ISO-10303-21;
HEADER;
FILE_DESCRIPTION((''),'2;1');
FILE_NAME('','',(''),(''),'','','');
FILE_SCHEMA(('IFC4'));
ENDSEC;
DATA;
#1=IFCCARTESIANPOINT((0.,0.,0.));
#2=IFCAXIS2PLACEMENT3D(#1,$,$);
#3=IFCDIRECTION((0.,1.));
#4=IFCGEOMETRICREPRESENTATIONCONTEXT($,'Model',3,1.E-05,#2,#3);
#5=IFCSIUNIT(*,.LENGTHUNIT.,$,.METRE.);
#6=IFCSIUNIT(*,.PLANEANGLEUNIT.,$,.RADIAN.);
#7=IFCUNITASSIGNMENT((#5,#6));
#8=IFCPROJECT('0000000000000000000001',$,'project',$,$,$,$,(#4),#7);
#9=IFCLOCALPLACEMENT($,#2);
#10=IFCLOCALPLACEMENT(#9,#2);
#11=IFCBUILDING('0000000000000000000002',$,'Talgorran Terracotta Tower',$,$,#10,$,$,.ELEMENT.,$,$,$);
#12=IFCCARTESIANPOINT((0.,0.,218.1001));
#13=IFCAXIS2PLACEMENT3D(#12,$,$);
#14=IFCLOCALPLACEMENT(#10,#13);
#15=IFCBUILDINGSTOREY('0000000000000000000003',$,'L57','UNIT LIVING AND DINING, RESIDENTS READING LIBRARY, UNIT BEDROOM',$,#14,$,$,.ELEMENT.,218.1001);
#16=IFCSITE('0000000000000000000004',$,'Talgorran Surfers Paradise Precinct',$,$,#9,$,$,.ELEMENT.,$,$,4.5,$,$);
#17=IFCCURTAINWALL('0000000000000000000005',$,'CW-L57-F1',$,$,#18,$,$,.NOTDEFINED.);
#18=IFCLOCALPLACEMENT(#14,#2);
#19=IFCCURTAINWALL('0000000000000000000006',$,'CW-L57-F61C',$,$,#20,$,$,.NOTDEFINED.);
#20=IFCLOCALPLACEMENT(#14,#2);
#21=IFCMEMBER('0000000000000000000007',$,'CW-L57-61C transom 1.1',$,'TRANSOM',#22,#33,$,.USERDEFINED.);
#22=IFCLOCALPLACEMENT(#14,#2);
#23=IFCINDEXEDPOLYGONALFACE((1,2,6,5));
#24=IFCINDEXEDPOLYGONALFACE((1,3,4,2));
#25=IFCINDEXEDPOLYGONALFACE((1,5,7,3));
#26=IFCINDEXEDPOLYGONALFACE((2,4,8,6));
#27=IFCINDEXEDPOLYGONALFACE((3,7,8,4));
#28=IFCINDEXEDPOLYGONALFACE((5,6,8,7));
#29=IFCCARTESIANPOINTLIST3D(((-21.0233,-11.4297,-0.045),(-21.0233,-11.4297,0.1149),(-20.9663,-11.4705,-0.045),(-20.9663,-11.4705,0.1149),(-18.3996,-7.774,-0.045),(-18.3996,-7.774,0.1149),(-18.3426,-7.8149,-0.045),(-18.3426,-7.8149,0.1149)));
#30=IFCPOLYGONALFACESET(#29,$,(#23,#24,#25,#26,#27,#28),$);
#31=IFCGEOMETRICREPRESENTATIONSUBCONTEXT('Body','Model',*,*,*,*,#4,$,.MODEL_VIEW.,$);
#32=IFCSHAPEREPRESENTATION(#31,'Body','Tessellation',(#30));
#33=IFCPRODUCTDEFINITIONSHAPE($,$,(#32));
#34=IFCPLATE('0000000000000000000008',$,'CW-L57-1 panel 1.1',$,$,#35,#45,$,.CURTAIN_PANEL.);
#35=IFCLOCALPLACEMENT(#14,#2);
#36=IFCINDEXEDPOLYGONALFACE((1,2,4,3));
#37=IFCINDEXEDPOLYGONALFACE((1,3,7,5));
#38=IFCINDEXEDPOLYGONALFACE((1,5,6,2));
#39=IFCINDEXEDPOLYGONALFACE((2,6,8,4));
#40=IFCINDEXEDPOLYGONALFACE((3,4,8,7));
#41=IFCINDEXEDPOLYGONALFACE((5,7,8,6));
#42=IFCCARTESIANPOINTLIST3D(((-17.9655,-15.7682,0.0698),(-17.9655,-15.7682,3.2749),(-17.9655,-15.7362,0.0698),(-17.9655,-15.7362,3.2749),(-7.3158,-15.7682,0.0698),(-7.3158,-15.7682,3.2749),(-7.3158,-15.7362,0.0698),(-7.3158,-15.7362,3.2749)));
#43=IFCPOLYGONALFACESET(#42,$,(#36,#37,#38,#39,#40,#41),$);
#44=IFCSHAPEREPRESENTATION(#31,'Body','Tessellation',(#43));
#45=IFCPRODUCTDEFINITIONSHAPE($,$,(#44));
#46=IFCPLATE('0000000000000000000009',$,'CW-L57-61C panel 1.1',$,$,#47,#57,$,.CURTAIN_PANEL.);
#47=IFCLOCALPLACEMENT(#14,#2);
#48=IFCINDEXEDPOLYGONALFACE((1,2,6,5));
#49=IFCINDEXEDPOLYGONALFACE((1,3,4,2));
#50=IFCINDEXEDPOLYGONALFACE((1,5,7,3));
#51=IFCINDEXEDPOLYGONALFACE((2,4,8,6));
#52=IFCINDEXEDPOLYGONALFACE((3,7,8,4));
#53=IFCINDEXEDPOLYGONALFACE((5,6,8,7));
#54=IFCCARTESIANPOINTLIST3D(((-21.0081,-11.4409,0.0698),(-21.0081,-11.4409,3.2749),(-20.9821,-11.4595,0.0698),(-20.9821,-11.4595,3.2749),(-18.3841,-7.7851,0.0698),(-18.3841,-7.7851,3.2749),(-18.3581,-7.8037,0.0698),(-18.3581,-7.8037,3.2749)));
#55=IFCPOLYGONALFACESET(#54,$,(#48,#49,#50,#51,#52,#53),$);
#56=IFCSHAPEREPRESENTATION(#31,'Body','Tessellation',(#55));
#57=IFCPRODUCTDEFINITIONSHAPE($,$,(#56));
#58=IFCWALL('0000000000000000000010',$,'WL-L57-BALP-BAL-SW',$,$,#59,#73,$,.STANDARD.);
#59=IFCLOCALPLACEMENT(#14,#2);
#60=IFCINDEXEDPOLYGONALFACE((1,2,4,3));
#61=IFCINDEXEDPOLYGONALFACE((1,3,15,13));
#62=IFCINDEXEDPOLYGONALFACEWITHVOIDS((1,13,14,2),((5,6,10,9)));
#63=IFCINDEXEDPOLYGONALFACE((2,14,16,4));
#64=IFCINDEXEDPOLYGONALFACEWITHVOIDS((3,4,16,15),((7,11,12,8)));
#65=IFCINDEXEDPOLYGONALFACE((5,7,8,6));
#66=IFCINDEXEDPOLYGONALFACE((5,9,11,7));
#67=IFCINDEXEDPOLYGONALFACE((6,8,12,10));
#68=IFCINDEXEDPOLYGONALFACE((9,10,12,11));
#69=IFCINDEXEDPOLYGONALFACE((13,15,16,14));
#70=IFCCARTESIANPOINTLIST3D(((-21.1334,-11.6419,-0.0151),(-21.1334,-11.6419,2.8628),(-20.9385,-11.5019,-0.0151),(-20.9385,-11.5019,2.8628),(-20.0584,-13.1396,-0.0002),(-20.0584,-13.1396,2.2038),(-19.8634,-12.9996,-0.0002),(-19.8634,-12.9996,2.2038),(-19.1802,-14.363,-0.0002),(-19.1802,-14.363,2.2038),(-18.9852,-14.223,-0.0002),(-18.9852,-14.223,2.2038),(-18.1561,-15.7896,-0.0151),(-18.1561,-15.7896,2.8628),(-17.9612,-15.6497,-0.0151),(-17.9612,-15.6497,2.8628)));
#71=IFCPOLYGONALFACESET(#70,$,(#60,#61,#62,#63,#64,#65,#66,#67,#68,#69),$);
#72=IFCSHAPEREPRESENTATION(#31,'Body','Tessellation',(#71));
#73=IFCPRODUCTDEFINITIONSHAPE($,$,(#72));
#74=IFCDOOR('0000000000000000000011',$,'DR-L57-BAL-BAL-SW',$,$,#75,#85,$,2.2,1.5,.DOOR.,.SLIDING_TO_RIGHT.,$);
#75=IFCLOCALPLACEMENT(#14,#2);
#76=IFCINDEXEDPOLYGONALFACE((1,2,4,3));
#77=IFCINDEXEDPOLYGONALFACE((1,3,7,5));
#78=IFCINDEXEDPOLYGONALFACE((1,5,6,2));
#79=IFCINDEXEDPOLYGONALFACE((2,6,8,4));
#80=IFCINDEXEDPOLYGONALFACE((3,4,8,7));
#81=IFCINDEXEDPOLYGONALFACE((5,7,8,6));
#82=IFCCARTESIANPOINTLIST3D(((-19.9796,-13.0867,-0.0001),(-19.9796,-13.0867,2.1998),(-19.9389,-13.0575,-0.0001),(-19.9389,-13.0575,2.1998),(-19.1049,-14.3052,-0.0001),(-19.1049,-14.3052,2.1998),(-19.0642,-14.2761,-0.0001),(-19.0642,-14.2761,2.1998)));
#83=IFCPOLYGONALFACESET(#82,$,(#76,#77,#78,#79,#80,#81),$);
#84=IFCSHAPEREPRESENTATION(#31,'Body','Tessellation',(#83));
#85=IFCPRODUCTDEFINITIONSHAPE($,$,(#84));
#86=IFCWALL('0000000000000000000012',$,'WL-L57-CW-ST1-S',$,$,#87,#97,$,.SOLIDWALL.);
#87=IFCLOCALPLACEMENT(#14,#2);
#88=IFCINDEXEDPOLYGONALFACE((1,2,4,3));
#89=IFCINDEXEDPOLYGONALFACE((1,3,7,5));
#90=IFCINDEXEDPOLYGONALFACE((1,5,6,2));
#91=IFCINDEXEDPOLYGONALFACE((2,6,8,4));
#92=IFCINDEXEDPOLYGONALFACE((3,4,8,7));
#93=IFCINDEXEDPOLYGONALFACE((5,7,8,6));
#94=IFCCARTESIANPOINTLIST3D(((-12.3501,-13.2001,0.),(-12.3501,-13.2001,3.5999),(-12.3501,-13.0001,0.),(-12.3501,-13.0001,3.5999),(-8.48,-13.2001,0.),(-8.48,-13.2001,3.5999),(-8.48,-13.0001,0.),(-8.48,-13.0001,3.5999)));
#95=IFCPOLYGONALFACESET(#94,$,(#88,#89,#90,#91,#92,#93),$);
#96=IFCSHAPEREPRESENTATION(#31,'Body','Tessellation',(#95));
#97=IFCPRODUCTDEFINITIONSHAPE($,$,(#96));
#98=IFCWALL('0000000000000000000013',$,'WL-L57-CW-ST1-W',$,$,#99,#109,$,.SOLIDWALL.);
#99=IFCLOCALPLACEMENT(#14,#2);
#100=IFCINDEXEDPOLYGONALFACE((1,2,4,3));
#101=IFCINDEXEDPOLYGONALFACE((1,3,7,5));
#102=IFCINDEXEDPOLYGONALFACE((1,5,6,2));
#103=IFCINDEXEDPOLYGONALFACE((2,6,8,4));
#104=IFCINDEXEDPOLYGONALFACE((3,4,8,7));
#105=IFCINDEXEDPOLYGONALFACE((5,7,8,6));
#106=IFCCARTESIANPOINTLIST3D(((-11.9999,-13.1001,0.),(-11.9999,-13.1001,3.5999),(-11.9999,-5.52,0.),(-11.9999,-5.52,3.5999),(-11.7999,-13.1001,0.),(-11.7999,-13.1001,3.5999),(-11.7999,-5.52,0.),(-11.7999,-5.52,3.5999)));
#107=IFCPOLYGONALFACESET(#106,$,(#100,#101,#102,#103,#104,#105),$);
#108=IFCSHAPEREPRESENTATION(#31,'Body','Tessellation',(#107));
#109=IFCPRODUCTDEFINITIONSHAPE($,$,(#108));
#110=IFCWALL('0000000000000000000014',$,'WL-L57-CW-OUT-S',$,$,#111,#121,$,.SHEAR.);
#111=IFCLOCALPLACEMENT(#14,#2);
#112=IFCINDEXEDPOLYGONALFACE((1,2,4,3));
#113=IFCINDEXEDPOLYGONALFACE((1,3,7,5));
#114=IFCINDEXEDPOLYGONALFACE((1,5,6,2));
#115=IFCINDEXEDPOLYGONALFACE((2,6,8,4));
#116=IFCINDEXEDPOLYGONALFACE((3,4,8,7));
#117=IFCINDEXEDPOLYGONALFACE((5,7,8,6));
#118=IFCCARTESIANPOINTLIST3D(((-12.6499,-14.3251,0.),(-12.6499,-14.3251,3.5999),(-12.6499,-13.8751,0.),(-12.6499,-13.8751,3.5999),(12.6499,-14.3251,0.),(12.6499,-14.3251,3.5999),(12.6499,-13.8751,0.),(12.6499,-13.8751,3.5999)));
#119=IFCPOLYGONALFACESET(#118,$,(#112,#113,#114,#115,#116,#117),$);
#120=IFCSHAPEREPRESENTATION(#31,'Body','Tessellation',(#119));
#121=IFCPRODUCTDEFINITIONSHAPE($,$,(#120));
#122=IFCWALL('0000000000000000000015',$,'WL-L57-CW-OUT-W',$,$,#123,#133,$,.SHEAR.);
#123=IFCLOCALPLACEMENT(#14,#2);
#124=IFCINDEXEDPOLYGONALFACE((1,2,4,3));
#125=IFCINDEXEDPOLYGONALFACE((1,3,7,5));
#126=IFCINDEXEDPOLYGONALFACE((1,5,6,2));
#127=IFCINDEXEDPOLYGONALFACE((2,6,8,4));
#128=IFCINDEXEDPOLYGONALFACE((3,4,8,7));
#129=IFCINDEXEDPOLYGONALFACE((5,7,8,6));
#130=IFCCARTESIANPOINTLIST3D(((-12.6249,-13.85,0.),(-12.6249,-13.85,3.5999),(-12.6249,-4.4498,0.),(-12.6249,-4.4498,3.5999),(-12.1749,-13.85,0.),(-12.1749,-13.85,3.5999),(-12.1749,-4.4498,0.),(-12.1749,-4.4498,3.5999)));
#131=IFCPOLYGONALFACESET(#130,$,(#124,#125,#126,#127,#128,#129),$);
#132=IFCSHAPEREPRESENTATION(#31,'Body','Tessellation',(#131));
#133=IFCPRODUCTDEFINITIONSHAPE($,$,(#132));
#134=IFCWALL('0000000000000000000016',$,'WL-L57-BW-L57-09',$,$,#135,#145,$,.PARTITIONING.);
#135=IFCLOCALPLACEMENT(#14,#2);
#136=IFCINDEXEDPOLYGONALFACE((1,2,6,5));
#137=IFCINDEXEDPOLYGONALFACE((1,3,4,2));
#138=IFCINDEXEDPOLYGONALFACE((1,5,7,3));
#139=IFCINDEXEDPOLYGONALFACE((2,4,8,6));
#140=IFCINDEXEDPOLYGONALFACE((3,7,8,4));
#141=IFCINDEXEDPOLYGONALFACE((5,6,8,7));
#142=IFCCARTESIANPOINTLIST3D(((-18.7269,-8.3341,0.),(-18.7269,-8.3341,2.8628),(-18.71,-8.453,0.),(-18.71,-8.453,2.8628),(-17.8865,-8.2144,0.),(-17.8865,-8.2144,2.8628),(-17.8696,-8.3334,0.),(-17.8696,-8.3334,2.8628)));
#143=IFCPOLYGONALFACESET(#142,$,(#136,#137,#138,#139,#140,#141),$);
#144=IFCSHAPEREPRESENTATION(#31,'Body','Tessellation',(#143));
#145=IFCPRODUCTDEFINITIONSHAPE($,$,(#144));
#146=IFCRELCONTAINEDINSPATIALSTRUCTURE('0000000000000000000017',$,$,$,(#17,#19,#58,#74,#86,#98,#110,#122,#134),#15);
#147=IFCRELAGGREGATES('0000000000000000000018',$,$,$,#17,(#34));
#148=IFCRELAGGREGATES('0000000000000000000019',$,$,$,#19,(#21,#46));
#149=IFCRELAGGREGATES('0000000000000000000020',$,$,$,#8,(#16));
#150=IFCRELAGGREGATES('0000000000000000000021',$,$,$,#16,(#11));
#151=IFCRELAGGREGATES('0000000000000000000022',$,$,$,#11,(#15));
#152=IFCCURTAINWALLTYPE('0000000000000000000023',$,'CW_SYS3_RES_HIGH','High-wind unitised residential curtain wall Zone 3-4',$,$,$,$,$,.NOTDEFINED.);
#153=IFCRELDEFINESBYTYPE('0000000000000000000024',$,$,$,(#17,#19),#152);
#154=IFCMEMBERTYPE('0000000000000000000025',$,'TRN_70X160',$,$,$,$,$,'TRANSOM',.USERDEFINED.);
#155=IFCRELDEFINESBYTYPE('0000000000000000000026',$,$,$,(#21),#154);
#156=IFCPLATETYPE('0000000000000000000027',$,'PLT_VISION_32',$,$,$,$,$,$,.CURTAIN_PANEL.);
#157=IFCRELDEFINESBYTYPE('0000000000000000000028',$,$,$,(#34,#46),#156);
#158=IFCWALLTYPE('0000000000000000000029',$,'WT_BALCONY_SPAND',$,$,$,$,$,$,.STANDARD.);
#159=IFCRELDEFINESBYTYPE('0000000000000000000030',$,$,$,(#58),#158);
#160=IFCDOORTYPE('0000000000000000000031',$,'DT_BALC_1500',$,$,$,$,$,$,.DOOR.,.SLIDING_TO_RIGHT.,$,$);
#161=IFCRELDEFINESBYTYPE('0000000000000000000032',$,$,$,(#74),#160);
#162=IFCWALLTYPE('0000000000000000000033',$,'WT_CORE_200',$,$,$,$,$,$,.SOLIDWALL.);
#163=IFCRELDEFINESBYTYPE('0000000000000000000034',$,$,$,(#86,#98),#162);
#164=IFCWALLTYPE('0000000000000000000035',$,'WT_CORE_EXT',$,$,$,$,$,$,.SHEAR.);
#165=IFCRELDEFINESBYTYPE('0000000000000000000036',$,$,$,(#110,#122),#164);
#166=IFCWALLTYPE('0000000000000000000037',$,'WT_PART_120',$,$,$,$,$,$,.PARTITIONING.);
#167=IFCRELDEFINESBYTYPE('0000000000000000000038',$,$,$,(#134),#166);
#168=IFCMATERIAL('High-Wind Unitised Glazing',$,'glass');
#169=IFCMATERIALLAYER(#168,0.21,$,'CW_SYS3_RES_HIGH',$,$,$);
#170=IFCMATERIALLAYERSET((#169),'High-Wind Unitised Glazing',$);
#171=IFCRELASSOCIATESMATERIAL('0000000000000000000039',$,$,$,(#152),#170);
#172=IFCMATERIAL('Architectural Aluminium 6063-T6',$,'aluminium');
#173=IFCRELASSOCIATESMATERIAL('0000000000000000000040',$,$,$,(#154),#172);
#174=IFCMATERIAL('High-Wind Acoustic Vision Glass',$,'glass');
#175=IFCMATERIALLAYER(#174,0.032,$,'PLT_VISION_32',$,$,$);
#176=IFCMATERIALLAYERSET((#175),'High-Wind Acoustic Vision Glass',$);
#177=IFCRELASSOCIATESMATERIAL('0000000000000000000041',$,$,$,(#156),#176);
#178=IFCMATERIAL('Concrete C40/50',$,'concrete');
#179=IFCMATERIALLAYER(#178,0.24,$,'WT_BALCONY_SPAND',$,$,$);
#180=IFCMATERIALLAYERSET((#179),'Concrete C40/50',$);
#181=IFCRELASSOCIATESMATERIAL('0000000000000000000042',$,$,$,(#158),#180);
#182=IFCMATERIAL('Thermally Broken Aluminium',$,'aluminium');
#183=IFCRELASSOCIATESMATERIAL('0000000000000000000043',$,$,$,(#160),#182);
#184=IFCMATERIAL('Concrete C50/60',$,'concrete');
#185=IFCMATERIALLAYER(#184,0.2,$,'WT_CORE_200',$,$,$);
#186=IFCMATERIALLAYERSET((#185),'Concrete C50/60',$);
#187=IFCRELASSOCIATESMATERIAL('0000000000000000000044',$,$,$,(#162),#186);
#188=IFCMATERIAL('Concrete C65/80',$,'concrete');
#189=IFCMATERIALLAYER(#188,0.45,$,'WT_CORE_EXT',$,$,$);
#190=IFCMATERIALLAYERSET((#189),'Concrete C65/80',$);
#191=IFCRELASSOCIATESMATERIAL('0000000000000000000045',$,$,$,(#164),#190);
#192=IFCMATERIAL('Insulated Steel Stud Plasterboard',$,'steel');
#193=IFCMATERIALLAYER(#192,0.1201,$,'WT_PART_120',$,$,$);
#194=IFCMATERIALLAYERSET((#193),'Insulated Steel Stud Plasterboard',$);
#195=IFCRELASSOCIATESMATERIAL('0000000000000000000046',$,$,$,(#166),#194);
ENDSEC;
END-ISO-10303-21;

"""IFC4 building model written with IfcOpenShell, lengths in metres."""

from ifc_helpers import new_model, si_unit, direction, frame, frame_2d, origin, origin_2d, place, context, subcontext, project, spatial, rectangle, extrude, source, transform, mapped, material, layer, layer_set, material_profile, profile_set, type_object, type_shapes, element, fill, aggregate, save


model = new_model("IFC4")

# Units and contexts
model_context = context("Model", 3, precision=1e-05, world=origin(), true_north=direction((0.0, 1.0)))
body_context = subcontext(model_context, "Body", "Model", "MODEL_VIEW")
ifc_project = project(units=[si_unit("LENGTHUNIT", "METRE"), si_unit("PLANEANGLEUNIT", "RADIAN")], contexts=[model_context])

# Site, building, storey
site_placement = place(None, origin())
site = spatial("IfcSite", under=ifc_project, at=site_placement, Name="Talgorran Surfers Paradise Precinct", CompositionType="ELEMENT", RefElevation=4.5)
building_placement = place(site_placement, origin())
building = spatial("IfcBuilding", under=site, at=building_placement, Name="Talgorran Terracotta Tower", CompositionType="ELEMENT")
storey_placement = place(building_placement, frame((0.0, 0.0, 218.1001)))
storey = spatial("IfcBuildingStorey", under=building, at=storey_placement, Name="L57", Description="UNIT LIVING AND DINING, RESIDENTS READING LIBRARY, UNIT BEDROOM", CompositionType="ELEMENT", Elevation=218.1001)

# Curtain walls
ifc_material_1 = material(Name="High-Wind Unitised Glazing", Category="glass")
ifc_layer_1 = layer(ifc_material_1, 0.21, Name="CW_SYS3_RES_HIGH")
ifc_layer_set_1 = layer_set([ifc_layer_1], Name="High-Wind Unitised Glazing")
curtain_wall_type = type_object("IfcCurtainWallType", Name="CW_SYS3_RES_HIGH", Description="High-wind unitised residential curtain wall Zone 3-4", PredefinedType="NOTDEFINED", material=ifc_layer_set_1)
curtain_wall_1_placement = place(storey_placement, origin())
curtain_wall_1 = element("IfcCurtainWall", 1, at=curtain_wall_1_placement, inside=storey, type_object=curtain_wall_type, Name="CW-L57-F1", PredefinedType="NOTDEFINED")
ifc_material_2 = material(Name="Architectural Aluminium 6063-T6", Category="aluminium")
curtain_wall_2_placement = place(storey_placement, origin())
curtain_wall_2 = element("IfcCurtainWall", 2, at=curtain_wall_2_placement, inside=storey, type_object=curtain_wall_type, Name="CW-L57-F61C", PredefinedType="NOTDEFINED")

# Member
ifc_material_profile_1 = material_profile(ifc_material_2, rectangle(XDim=0.0701, YDim=0.1599, at=origin_2d()), Name="CWT70X160")
ifc_profile_set_1 = profile_set([ifc_material_profile_1], Name="Architectural Aluminium 6063-T6")
member_type_1 = type_object("IfcMemberType", Name="TRN_70X160", ElementType="TRANSOM", PredefinedType="USERDEFINED", material=ifc_profile_set_1)
member_1_placement = place(storey_placement, frame((-18.3711, -7.7944, 0.0349), z_axis=(-0.583079, -0.812415, 0.0), x_axis=(0.812415, -0.583079, 0.0)))
member_1 = element("IfcMember", 3, at=member_1_placement, type_object=member_type_1, Name="CW-L57-61C transom 1.1", ObjectType="TRANSOM", PredefinedType="USERDEFINED", context=body_context, shape_type="SweptSolid", body=[
    extrude(rectangle(XDim=0.0701, YDim=0.1599, at=origin_2d()), origin(), (0.0, 0.0, 1.0), 4.4998),
])

# Plates
ifc_material_3 = material(Name="High-Wind Acoustic Vision Glass", Category="glass")
ifc_layer_2 = layer(ifc_material_3, 0.032, Name="PLT_VISION_32")
ifc_layer_set_2 = layer_set([ifc_layer_2], Name="High-Wind Acoustic Vision Glass")
plate_type = type_object("IfcPlateType", Name="PLT_VISION_32", PredefinedType="CURTAIN_PANEL", material=ifc_layer_set_2)
shared_shape_1 = source(origin(), body_context, "Body", "SweptSolid", [
    extrude(rectangle(XDim=10.6497, YDim=0.032, at=origin_2d()), origin(), (0.0, 0.0, 1.0), 3.2051),
])
plate_1_placement = place(storey_placement, frame((-12.6406, -15.7522, 0.0698), z_axis=(0.0, 0.0, 1.0), x_axis=(1.0, 0.0, 0.0)))
plate_1 = element("IfcPlate", 4, at=plate_1_placement, type_object=plate_type, Name="CW-L57-1 panel 1.1", PredefinedType="CURTAIN_PANEL", context=body_context, shape_type="MappedRepresentation", body=[
    mapped(shared_shape_1, transform((0.0, 0.0, 0.0), scale=1.0)),
])
aggregate(curtain_wall_1, [plate_1])
shared_shape_2 = source(origin(), body_context, "Body", "SweptSolid", [
    extrude(rectangle(XDim=4.5, YDim=0.032, at=origin_2d()), origin(), (0.0, 0.0, 1.0), 3.2051),
])
type_shapes(plate_type, [shared_shape_1, shared_shape_2])
plate_2_placement = place(storey_placement, frame((-19.6831, -9.6223, 0.0698), z_axis=(0.0, 0.0, 1.0), x_axis=(-0.583106, -0.812396, 0.0)))
plate_2 = element("IfcPlate", 5, at=plate_2_placement, type_object=plate_type, Name="CW-L57-61C panel 1.1", PredefinedType="CURTAIN_PANEL", context=body_context, shape_type="MappedRepresentation", body=[
    mapped(shared_shape_2, transform((0.0, 0.0, 0.0), scale=1.0)),
])
aggregate(curtain_wall_2, [member_1, plate_2])

# Wall, opening, door
ifc_material_4 = material(Name="Concrete C40/50", Category="concrete")
ifc_layer_3 = layer(ifc_material_4, 0.24, Name="WT_BALCONY_SPAND")
ifc_layer_set_3 = layer_set([ifc_layer_3], Name="Concrete C40/50")
wall_type_1 = type_object("IfcWallType", Name="WT_BALCONY_SPAND", PredefinedType="STANDARD", material=ifc_layer_set_3)
wall_1_placement = place(storey_placement, frame((-21.0359, -11.572, -0.0151), z_axis=(0.0, 0.0, 1.0), x_axis=(0.583136, -0.812374, 0.0)))
wall_1 = element("IfcWall", 6, at=wall_1_placement, inside=storey, type_object=wall_type_1, Name="WL-L57-BALP-BAL-SW", PredefinedType="STANDARD", context=body_context, shape_type="SweptSolid", body=[
    extrude(rectangle(XDim=5.1057, YDim=0.24, at=frame_2d((2.5527, 0.0))), origin(), (0.0, 0.0, 1.0), 2.8779),
])
opening_placement = place(wall_1_placement, frame((1.8464, 0.0, 0.0149)))
opening = element("IfcOpeningElement", 7, at=opening_placement, cuts=wall_1, PredefinedType="OPENING", context=body_context, shape_type="SweptSolid", body=[
    extrude(rectangle(XDim=1.506, YDim=2.204, at=frame_2d((0.75, 1.1021))), frame((0.0, 0.1299, 0.0), z_axis=(0.0, -1.0, 0.0), x_axis=(1.0, 0.0, 0.0)), (0.0, 0.0, 1.0), 0.26),
])
ifc_material_5 = material(Name="Thermally Broken Aluminium", Category="aluminium")
door_type = type_object("IfcDoorType", Name="DT_BALC_1500", OperationType="SLIDING_TO_RIGHT", PredefinedType="DOOR", material=ifc_material_5)
door_placement = place(opening_placement, origin())
door = element("IfcDoor", 8, at=door_placement, inside=storey, type_object=door_type, Name="DR-L57-BAL-BAL-SW", OperationType="SLIDING_TO_RIGHT", OverallHeight=2.2, OverallWidth=1.5, PredefinedType="DOOR", context=body_context, shape_type="SweptSolid", body=[
    extrude(rectangle(XDim=1.5, YDim=2.2, at=frame_2d((0.75, 1.1001))), frame((0.0, 0.0249, 0.0), z_axis=(0.0, -1.0, 0.0), x_axis=(1.0, 0.0, 0.0)), (0.0, 0.0, 1.0), 0.05),
])
fill(opening, door)

# Walls
ifc_material_6 = material(Name="Concrete C50/60", Category="concrete")
ifc_layer_4 = layer(ifc_material_6, 0.2, Name="WT_CORE_200")
ifc_layer_set_4 = layer_set([ifc_layer_4], Name="Concrete C50/60")
wall_type_2 = type_object("IfcWallType", Name="WT_CORE_200", PredefinedType="SOLIDWALL", material=ifc_layer_set_4)
wall_2_placement = place(storey_placement, frame((-12.3501, -13.1001, 0.0), z_axis=(0.0, 0.0, 1.0), x_axis=(1.0, 0.0, 0.0)))
element("IfcWall", 9, at=wall_2_placement, inside=storey, type_object=wall_type_2, Name="WL-L57-CW-ST1-S", PredefinedType="SOLIDWALL", context=body_context, shape_type="SweptSolid", body=[
    extrude(rectangle(XDim=3.8701, YDim=0.2, at=frame_2d((1.9351, 0.0))), origin(), (0.0, 0.0, 1.0), 3.5999),
])
wall_3_placement = place(storey_placement, frame((-11.8999, -13.1001, 0.0), z_axis=(0.0, 0.0, 1.0), x_axis=(0.0, 1.0, 0.0)))
element("IfcWall", 10, at=wall_3_placement, inside=storey, type_object=wall_type_2, Name="WL-L57-CW-ST1-W", PredefinedType="SOLIDWALL", context=body_context, shape_type="SweptSolid", body=[
    extrude(rectangle(XDim=7.5801, YDim=0.2, at=frame_2d((3.79, 0.0))), origin(), (0.0, 0.0, 1.0), 3.5999),
])
ifc_material_7 = material(Name="Concrete C65/80", Category="concrete")
ifc_layer_5 = layer(ifc_material_7, 0.45, Name="WT_CORE_EXT")
ifc_layer_set_5 = layer_set([ifc_layer_5], Name="Concrete C65/80")
wall_type_3 = type_object("IfcWallType", Name="WT_CORE_EXT", PredefinedType="SHEAR", material=ifc_layer_set_5)
wall_4_placement = place(storey_placement, frame((-12.6499, -14.1001, 0.0), z_axis=(0.0, 0.0, 1.0), x_axis=(1.0, 0.0, 0.0)))
element("IfcWall", 11, at=wall_4_placement, inside=storey, type_object=wall_type_3, Name="WL-L57-CW-OUT-S", PredefinedType="SHEAR", context=body_context, shape_type="SweptSolid", body=[
    extrude(rectangle(XDim=25.2998, YDim=0.45, at=frame_2d((12.6499, 0.0))), origin(), (0.0, 0.0, 1.0), 3.5999),
])
wall_5_placement = place(storey_placement, frame((-12.3999, -13.8501, 0.0), z_axis=(0.0, 0.0, 1.0), x_axis=(0.0, 1.0, 0.0)))
element("IfcWall", 12, at=wall_5_placement, inside=storey, type_object=wall_type_3, Name="WL-L57-CW-OUT-W", PredefinedType="SHEAR", context=body_context, shape_type="SweptSolid", body=[
    extrude(rectangle(XDim=9.4001, YDim=0.45, at=frame_2d((4.7002, 0.0))), origin(), (0.0, 0.0, 1.0), 3.5999),
])
ifc_material_8 = material(Name="Insulated Steel Stud Plasterboard", Category="steel")
ifc_layer_6 = layer(ifc_material_8, 0.1201, Name="WT_PART_120")
ifc_layer_set_6 = layer_set([ifc_layer_6], Name="Insulated Steel Stud Plasterboard")
wall_type_4 = type_object("IfcWallType", Name="WT_PART_120", PredefinedType="PARTITIONING", material=ifc_layer_set_6)
wall_6_placement = place(storey_placement, frame((-17.8782, -8.2739, 0.0), z_axis=(0.0, 0.0, 1.0), x_axis=(-0.990018, -0.140938, 0.0)))
element("IfcWall", 13, at=wall_6_placement, inside=storey, type_object=wall_type_4, Name="WL-L57-BW-L57-09", PredefinedType="PARTITIONING", context=body_context, shape_type="SweptSolid", body=[
    extrude(rectangle(XDim=0.8489, YDim=0.1201, at=frame_2d((0.4243, 0.0))), origin(), (0.0, 0.0, 1.0), 2.8628),
])

save(model, "model.ifc")
